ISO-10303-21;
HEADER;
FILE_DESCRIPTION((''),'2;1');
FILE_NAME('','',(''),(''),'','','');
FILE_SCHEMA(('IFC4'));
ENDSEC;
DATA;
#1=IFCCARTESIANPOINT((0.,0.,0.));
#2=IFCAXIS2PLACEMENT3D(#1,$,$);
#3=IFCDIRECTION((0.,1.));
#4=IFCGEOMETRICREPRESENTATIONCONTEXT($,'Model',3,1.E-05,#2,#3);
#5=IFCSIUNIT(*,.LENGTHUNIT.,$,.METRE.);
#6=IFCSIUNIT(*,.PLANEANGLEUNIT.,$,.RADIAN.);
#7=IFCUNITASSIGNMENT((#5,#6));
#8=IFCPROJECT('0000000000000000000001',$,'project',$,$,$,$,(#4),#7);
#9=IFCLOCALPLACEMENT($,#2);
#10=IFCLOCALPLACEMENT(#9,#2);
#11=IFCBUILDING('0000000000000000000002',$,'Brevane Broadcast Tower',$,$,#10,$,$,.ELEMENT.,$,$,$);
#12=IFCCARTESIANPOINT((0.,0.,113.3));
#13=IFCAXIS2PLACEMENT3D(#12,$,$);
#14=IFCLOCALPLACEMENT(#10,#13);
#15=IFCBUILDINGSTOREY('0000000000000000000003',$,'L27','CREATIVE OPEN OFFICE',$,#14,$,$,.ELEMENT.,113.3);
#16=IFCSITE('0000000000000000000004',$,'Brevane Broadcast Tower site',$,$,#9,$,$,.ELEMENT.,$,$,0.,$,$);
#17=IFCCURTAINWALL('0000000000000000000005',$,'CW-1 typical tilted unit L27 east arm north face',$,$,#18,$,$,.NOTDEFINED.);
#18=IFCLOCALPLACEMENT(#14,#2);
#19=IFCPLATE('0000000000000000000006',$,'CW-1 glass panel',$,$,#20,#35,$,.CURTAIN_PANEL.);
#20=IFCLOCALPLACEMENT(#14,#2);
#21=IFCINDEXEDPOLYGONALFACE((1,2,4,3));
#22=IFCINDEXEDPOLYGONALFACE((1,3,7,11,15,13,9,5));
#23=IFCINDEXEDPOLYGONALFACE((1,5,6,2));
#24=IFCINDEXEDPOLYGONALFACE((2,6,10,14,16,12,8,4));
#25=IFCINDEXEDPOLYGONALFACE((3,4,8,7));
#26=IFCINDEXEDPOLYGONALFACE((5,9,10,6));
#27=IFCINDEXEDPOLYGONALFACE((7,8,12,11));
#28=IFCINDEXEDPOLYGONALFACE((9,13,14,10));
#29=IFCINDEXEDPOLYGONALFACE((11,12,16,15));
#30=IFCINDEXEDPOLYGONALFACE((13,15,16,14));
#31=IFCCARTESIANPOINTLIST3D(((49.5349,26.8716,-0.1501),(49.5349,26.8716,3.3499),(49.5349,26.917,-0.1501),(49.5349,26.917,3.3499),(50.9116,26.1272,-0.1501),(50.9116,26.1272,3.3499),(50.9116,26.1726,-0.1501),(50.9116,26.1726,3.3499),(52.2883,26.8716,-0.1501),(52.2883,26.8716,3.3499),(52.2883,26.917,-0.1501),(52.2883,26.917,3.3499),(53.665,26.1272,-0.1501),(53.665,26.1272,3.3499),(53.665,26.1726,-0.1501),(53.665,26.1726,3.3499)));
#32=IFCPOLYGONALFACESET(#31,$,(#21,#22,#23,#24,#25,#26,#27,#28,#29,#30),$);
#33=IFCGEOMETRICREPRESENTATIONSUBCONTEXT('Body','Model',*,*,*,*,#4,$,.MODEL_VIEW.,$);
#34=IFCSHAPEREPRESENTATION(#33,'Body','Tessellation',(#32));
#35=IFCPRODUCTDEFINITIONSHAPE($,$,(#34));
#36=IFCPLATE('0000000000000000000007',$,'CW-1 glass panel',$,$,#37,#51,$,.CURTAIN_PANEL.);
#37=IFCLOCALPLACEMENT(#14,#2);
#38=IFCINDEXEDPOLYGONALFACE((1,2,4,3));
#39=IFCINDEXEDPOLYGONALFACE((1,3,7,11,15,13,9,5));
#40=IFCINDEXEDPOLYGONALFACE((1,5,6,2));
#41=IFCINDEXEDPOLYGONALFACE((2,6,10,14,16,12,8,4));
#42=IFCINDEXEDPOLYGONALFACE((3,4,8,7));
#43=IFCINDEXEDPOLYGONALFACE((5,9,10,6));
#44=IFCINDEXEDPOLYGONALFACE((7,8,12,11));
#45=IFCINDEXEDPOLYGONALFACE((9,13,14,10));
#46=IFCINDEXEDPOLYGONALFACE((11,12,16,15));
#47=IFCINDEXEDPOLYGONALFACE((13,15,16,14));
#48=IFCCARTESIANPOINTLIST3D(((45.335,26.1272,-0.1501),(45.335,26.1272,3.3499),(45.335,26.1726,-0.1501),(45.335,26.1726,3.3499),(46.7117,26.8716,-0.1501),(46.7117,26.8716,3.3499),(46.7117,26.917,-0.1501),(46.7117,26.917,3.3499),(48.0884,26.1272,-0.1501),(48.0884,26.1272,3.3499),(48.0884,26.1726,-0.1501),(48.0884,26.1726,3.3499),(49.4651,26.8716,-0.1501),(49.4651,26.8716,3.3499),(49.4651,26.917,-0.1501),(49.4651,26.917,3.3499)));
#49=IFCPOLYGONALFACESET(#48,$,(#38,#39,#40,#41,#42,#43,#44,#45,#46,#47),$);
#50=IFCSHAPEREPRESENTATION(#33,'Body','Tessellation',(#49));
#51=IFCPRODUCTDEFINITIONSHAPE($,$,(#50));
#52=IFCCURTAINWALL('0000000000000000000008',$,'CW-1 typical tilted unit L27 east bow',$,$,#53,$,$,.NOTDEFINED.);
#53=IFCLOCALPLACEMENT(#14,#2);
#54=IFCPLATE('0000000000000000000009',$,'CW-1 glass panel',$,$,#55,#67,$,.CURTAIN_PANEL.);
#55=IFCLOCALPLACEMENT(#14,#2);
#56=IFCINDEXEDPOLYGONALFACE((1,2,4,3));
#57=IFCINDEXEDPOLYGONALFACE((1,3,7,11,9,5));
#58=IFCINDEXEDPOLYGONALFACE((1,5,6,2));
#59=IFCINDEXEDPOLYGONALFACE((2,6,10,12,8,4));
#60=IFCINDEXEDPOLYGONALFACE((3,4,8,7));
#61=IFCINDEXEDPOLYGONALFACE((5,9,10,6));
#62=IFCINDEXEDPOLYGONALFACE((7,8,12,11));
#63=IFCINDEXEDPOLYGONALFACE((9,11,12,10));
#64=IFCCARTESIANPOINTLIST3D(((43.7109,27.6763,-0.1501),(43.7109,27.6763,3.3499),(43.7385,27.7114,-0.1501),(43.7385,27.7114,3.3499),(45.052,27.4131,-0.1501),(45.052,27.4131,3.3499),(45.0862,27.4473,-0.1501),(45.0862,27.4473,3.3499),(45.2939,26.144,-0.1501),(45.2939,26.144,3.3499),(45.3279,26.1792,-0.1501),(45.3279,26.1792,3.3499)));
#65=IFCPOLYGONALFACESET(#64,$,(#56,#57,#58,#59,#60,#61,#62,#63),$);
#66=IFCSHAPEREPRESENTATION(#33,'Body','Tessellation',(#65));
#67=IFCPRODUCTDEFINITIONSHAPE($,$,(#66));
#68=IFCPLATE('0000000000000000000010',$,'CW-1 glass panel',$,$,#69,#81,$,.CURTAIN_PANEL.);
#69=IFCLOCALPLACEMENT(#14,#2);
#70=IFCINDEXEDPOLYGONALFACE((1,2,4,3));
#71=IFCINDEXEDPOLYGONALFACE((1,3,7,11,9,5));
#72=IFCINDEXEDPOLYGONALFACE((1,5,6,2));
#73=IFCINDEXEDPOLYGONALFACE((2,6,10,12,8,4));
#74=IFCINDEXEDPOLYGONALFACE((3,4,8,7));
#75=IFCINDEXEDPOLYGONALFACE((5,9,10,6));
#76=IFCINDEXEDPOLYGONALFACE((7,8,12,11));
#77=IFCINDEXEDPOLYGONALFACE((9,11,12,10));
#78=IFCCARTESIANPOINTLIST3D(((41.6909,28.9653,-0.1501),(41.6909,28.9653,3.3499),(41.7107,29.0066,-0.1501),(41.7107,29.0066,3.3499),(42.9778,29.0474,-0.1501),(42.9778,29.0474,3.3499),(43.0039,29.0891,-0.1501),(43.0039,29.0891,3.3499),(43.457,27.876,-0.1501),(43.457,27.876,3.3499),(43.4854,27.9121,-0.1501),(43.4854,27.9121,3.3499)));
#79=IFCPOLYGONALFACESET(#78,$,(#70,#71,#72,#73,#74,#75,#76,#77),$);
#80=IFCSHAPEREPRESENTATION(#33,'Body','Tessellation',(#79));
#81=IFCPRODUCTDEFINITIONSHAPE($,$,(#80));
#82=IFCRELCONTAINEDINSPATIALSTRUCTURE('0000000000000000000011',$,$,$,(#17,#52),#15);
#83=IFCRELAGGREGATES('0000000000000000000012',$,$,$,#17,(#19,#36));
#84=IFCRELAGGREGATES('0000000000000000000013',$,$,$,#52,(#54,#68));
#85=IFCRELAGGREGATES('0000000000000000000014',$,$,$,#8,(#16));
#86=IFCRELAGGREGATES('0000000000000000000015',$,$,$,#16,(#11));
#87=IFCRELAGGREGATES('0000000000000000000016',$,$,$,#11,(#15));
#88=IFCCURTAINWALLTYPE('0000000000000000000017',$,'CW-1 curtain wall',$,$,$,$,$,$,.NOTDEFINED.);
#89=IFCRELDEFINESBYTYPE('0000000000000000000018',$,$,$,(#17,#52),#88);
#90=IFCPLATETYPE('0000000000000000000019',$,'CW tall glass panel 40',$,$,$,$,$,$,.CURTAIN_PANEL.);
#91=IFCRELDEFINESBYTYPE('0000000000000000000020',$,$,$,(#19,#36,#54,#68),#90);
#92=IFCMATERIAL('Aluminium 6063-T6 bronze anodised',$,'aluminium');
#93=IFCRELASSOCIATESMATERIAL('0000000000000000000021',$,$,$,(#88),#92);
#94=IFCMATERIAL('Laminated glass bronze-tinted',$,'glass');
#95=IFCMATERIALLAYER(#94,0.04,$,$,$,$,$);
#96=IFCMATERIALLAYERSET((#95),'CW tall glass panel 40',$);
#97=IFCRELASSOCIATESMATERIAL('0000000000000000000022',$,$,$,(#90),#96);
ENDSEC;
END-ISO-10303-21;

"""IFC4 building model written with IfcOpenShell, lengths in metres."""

from ifc_helpers import new_model, si_unit, direction, frame, origin, place, context, subcontext, project, spatial, polyline, outline, extrude, material, layer, layer_set, type_object, element, aggregate, save


model = new_model("IFC4")

# Units and contexts
model_context = context("Model", 3, precision=1e-05, world=origin(), true_north=direction((0.0, 1.0)))
body_context = subcontext(model_context, "Body", "Model", "MODEL_VIEW")
ifc_project = project(units=[si_unit("LENGTHUNIT", "METRE"), si_unit("PLANEANGLEUNIT", "RADIAN")], contexts=[model_context])

# Site, building, storey
site_placement = place(None, origin())
site = spatial("IfcSite", under=ifc_project, at=site_placement, Name="Brevane Broadcast Tower site", CompositionType="ELEMENT", RefElevation=0.0)
building_placement = place(site_placement, origin())
building = spatial("IfcBuilding", under=site, at=building_placement, Name="Brevane Broadcast Tower", CompositionType="ELEMENT")
storey_placement = place(building_placement, frame((0.0, 0.0, 113.3)))
storey = spatial("IfcBuildingStorey", under=building, at=storey_placement, Name="L27", Description="CREATIVE OPEN OFFICE", CompositionType="ELEMENT", Elevation=113.3)

# Curtain walls, plates
ifc_material_1 = material(Name="Aluminium 6063-T6 bronze anodised", Category="aluminium")
curtain_wall_type = type_object("IfcCurtainWallType", Name="CW-1 curtain wall", PredefinedType="NOTDEFINED", material=ifc_material_1)
ifc_material_2 = material(Name="Laminated glass bronze-tinted", Category="glass")
ifc_layer = layer(ifc_material_2, 0.04)
ifc_layer_set = layer_set([ifc_layer], Name="CW tall glass panel 40")
plate_type = type_object("IfcPlateType", Name="CW tall glass panel 40", PredefinedType="CURTAIN_PANEL", material=ifc_layer_set)
curtain_wall_1_placement = place(storey_placement, origin())
curtain_wall_1 = element("IfcCurtainWall", 1, at=curtain_wall_1_placement, inside=storey, type_object=curtain_wall_type, Name="CW-1 typical tilted unit L27 east arm north face", PredefinedType="NOTDEFINED")
plate_1_placement = place(storey_placement, frame((0.0, 0.0, -0.1501)))
plate_1 = element("IfcPlate", 2, at=plate_1_placement, type_object=plate_type, Name="CW-1 glass panel", PredefinedType="CURTAIN_PANEL", context=body_context, shape_type="SweptSolid", body=[
    extrude(outline(polyline([(53.665, 26.1272), (53.665, 26.1726), (52.2883, 26.917), (50.9116, 26.1726), (49.5349, 26.917), (49.5349, 26.8716), (50.9116, 26.1272), (52.2883, 26.8716), (53.665, 26.1272)])), origin(), (0.0, 0.0, 1.0), 3.5),
])
plate_2_placement = place(storey_placement, frame((0.0, 0.0, -0.1501)))
plate_2 = element("IfcPlate", 3, at=plate_2_placement, type_object=plate_type, Name="CW-1 glass panel", PredefinedType="CURTAIN_PANEL", context=body_context, shape_type="SweptSolid", body=[
    extrude(outline(polyline([(49.4651, 26.8716), (49.4651, 26.917), (48.0884, 26.1726), (46.7117, 26.917), (45.335, 26.1726), (45.335, 26.1272), (46.7117, 26.8716), (48.0884, 26.1272), (49.4651, 26.8716)])), origin(), (0.0, 0.0, 1.0), 3.5),
])
aggregate(curtain_wall_1, [plate_1, plate_2])
curtain_wall_2_placement = place(storey_placement, origin())
curtain_wall_2 = element("IfcCurtainWall", 4, at=curtain_wall_2_placement, inside=storey, type_object=curtain_wall_type, Name="CW-1 typical tilted unit L27 east bow", PredefinedType="NOTDEFINED")
plate_3_placement = place(storey_placement, frame((0.0, 0.0, -0.1501)))
plate_3 = element("IfcPlate", 5, at=plate_3_placement, type_object=plate_type, Name="CW-1 glass panel", PredefinedType="CURTAIN_PANEL", context=body_context, shape_type="SweptSolid", body=[
    extrude(outline(polyline([(45.2939, 26.144), (45.3279, 26.1792), (45.0862, 27.4473), (43.7385, 27.7114), (43.7109, 27.6763), (45.052, 27.4131), (45.2939, 26.144)])), origin(), (0.0, 0.0, 1.0), 3.5),
])
plate_4_placement = place(storey_placement, frame((0.0, 0.0, -0.1501)))
plate_4 = element("IfcPlate", 6, at=plate_4_placement, type_object=plate_type, Name="CW-1 glass panel", PredefinedType="CURTAIN_PANEL", context=body_context, shape_type="SweptSolid", body=[
    extrude(outline(polyline([(43.457, 27.876), (43.4854, 27.9121), (43.0039, 29.0891), (41.7107, 29.0066), (41.6909, 28.9653), (42.9778, 29.0474), (43.457, 27.876)])), origin(), (0.0, 0.0, 1.0), 3.5),
])
aggregate(curtain_wall_2, [plate_3, plate_4])

save(model, "model.ifc")
